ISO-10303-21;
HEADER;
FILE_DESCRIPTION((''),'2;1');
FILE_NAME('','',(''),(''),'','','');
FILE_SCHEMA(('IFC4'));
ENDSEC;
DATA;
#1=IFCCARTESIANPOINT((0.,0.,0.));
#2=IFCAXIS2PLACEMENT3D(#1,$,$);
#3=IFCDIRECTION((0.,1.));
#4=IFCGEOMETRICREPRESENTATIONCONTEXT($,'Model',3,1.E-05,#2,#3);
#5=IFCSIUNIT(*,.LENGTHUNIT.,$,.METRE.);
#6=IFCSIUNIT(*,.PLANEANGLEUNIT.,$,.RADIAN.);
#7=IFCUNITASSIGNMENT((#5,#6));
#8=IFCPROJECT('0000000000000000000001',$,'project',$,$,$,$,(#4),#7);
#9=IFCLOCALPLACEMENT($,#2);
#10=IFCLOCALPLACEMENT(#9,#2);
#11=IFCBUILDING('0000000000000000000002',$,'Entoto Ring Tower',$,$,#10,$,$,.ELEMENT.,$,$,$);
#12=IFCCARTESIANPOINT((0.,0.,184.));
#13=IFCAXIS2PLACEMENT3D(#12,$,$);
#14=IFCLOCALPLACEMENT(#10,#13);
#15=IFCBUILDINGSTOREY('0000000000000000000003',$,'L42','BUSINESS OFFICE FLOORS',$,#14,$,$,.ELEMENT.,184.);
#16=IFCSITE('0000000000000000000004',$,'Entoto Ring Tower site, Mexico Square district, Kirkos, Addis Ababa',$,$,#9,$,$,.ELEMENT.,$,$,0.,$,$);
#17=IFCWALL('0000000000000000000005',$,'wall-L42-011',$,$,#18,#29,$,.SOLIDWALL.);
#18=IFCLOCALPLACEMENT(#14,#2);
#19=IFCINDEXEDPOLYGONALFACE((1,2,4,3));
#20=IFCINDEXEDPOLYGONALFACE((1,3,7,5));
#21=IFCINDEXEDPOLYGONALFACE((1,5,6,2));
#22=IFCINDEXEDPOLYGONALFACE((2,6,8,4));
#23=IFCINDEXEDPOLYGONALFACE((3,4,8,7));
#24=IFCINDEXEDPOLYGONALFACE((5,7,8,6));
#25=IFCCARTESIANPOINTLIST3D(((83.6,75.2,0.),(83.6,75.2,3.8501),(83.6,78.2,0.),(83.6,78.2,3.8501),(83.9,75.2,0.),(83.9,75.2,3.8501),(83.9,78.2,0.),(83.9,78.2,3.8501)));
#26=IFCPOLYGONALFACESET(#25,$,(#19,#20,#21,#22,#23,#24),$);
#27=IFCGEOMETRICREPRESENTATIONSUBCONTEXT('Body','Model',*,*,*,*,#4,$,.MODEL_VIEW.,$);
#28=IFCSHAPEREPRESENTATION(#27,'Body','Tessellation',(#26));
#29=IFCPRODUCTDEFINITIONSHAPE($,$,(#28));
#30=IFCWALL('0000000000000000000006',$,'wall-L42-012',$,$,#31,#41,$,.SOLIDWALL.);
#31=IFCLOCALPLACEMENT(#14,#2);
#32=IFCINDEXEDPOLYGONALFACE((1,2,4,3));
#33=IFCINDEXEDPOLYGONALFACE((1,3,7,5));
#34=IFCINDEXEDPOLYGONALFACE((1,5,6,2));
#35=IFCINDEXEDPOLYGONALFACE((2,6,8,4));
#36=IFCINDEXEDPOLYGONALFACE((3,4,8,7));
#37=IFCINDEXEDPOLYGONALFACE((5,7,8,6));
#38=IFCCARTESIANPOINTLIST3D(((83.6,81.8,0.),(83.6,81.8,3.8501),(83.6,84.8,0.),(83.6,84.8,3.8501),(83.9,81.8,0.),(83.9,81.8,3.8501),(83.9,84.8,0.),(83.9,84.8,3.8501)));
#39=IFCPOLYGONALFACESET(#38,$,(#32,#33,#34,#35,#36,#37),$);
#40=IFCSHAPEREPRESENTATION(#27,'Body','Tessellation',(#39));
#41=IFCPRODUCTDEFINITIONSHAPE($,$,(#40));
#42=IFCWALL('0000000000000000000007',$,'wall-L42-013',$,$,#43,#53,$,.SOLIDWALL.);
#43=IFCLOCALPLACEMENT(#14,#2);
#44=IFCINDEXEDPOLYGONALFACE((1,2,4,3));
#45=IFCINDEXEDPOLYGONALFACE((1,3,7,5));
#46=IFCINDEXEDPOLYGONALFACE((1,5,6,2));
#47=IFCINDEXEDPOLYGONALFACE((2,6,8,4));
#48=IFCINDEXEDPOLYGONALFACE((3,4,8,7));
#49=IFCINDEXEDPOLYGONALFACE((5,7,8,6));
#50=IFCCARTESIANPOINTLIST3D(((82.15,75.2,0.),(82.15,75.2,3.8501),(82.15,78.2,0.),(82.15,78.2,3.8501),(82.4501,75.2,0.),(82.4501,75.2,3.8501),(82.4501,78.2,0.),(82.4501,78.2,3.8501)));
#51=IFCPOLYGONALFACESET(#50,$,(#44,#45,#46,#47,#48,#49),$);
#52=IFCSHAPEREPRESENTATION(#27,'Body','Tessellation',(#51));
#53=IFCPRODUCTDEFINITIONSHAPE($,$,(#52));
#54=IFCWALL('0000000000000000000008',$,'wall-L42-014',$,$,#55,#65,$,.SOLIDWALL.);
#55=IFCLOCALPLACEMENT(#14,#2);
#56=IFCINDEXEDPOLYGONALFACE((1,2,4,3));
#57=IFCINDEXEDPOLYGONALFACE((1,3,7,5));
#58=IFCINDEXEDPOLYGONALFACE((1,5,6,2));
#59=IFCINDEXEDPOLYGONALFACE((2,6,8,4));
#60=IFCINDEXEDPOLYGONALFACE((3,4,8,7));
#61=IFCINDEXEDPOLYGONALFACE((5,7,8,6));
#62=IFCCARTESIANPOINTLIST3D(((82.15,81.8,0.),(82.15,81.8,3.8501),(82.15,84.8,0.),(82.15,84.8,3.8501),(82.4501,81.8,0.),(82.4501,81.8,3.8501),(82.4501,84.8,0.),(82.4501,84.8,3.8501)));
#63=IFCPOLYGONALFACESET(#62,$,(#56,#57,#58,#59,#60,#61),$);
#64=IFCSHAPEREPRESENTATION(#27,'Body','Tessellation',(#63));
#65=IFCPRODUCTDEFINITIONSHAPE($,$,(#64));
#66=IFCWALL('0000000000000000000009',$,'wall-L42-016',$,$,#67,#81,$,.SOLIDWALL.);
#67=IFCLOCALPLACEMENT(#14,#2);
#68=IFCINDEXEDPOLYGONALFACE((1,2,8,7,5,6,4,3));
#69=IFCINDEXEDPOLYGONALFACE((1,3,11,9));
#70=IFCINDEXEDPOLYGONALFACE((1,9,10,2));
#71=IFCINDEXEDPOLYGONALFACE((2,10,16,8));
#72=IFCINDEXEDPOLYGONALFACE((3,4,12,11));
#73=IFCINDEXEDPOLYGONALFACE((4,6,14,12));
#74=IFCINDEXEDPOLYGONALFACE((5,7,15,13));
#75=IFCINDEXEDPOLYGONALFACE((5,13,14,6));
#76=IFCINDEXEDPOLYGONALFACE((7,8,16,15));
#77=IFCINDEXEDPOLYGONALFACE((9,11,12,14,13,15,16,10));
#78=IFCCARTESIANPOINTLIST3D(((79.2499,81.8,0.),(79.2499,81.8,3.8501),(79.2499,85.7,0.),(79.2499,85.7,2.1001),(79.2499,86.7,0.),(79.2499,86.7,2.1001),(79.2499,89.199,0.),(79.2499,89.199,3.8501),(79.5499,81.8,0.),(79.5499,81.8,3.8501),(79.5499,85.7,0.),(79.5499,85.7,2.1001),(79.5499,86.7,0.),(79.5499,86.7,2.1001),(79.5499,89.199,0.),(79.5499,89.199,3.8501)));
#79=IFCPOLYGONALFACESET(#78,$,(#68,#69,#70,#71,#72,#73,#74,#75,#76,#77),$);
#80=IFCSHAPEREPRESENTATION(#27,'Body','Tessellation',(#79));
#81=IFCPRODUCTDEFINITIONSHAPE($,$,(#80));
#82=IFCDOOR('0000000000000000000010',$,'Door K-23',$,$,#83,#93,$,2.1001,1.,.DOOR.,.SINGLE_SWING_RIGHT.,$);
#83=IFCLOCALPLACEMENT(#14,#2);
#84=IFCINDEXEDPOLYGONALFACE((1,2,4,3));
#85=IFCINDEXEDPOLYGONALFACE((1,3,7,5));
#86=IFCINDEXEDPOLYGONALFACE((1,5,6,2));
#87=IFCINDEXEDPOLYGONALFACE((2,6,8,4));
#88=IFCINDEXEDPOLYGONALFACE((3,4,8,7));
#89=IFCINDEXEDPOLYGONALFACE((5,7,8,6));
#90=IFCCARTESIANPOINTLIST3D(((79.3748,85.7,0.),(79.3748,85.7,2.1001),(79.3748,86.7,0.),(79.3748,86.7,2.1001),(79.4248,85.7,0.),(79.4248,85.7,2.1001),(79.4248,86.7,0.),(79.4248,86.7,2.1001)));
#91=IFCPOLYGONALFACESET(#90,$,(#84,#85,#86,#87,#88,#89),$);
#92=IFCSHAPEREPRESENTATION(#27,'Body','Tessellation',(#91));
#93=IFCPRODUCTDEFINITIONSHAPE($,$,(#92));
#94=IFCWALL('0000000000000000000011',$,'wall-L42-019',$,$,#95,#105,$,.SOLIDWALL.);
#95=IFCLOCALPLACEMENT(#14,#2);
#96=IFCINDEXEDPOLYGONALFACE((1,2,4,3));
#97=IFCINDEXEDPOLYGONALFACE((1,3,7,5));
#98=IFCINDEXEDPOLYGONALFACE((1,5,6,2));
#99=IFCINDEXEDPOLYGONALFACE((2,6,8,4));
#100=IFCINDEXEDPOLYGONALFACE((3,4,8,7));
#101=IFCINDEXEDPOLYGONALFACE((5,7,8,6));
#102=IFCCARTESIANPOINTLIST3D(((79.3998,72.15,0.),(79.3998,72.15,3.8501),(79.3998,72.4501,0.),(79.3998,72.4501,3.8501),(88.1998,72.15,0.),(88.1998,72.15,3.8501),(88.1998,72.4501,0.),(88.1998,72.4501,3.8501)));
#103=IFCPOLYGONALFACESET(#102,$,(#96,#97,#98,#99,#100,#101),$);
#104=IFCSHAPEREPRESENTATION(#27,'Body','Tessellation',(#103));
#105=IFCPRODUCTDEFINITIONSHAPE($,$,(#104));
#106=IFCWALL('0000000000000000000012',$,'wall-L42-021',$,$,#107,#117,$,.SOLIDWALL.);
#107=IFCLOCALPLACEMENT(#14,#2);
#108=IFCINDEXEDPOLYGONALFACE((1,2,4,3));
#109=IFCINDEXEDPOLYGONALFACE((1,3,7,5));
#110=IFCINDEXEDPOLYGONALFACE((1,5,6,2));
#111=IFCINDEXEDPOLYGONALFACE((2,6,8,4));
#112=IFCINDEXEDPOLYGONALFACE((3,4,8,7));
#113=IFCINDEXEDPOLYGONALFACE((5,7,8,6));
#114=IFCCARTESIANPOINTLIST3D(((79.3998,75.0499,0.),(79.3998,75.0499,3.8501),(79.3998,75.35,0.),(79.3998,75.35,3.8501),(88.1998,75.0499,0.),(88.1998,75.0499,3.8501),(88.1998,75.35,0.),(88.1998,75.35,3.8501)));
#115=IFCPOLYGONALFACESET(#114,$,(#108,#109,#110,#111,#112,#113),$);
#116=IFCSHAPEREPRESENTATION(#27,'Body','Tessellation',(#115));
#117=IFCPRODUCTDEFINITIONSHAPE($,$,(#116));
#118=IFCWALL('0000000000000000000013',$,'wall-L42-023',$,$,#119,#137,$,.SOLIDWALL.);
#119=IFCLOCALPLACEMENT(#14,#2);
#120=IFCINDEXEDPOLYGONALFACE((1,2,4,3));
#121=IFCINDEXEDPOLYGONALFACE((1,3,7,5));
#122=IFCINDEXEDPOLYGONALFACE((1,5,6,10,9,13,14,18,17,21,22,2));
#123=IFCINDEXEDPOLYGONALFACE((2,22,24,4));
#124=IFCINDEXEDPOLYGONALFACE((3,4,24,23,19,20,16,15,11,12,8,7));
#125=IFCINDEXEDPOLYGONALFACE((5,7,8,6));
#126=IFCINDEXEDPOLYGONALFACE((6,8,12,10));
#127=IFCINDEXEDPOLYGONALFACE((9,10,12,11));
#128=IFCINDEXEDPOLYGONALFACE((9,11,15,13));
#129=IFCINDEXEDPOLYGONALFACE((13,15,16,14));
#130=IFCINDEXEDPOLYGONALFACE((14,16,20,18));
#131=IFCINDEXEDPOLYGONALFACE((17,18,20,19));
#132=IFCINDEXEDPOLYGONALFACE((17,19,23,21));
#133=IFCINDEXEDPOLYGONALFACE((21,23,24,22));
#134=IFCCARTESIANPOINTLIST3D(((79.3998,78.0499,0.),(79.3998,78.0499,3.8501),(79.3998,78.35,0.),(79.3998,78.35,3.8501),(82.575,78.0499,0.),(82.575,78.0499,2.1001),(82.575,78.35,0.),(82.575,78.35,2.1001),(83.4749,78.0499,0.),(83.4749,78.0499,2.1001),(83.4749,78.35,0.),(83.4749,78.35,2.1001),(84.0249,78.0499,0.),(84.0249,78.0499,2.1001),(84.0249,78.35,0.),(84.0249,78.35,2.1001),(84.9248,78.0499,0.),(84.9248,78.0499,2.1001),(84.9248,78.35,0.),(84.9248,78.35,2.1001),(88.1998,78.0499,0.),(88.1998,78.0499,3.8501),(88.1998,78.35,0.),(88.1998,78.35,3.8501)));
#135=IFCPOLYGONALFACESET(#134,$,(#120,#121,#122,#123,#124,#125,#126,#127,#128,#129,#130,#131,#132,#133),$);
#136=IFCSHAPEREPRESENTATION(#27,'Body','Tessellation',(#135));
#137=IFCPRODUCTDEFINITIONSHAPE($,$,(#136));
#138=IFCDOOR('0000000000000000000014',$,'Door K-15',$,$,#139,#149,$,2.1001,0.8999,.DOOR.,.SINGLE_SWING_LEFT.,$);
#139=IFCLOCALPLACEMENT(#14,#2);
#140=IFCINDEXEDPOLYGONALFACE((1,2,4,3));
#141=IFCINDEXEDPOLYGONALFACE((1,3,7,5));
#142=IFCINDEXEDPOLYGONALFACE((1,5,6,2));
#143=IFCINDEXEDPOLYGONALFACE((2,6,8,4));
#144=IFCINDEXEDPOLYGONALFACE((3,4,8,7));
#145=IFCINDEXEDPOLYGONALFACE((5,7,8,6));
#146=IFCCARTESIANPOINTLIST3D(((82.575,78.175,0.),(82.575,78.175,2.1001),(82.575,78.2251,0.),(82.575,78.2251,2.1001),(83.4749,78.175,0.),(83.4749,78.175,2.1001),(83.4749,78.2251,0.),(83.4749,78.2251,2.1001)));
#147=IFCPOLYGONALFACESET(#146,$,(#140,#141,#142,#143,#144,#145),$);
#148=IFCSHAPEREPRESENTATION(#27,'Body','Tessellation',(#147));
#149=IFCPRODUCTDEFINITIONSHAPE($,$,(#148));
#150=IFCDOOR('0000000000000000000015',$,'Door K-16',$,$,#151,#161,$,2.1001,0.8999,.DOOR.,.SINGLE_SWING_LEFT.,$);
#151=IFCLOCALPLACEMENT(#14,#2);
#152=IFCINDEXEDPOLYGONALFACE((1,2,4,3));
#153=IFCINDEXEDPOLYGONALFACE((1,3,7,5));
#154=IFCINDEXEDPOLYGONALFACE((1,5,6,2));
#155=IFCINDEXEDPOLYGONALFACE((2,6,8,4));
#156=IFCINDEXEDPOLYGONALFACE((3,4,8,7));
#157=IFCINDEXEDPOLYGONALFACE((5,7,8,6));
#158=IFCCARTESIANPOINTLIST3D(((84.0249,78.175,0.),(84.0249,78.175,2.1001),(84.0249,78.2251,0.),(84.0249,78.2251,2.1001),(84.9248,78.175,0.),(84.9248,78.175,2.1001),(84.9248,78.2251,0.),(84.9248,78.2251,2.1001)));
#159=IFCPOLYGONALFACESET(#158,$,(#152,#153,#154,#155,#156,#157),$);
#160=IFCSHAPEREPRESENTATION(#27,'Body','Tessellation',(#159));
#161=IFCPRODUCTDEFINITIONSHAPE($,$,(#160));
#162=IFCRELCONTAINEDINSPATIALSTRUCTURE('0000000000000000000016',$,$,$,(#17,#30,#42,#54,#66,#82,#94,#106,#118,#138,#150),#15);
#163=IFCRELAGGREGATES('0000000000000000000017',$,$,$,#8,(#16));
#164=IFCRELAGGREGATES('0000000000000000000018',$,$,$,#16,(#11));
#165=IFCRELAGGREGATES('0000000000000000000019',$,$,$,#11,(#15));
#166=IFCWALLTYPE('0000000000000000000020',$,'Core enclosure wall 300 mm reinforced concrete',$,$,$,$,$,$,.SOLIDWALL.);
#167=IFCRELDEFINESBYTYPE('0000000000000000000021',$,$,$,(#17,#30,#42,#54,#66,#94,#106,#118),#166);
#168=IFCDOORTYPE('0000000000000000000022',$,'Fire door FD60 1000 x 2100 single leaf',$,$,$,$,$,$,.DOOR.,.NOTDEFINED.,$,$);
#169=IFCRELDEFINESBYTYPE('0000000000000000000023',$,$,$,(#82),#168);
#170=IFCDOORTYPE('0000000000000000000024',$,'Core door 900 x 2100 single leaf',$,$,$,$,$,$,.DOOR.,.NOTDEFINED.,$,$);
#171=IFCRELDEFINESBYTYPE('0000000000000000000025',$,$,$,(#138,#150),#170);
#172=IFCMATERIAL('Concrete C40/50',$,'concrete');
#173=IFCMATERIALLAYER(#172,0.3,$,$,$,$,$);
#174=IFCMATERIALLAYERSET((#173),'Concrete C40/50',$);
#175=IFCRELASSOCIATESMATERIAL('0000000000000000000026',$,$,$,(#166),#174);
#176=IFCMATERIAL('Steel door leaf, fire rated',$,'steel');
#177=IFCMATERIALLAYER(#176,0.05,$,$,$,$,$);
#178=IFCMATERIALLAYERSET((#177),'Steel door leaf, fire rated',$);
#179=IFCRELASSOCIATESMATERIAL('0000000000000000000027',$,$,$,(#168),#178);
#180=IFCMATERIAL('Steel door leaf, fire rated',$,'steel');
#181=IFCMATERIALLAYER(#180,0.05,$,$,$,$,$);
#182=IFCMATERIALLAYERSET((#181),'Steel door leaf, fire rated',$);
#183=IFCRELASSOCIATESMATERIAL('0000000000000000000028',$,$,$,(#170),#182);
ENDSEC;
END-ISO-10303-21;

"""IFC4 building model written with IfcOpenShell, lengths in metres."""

from ifc_helpers import new_model, si_unit, direction, frame, frame_2d, origin, place, context, subcontext, project, spatial, rectangle, extrude, material, layer, layer_set, type_object, element, fill, save


model = new_model("IFC4")

# Units and contexts
model_context = context("Model", 3, precision=1e-05, world=origin(), true_north=direction((0.0, 1.0)))
body_context = subcontext(model_context, "Body", "Model", "MODEL_VIEW")
ifc_project = project(units=[si_unit("LENGTHUNIT", "METRE"), si_unit("PLANEANGLEUNIT", "RADIAN")], contexts=[model_context])

# Site, building, storey
site_placement = place(None, origin())
site = spatial("IfcSite", under=ifc_project, at=site_placement, Name="Entoto Ring Tower site, Mexico Square district, Kirkos, Addis Ababa", CompositionType="ELEMENT", RefElevation=0.0)
building_placement = place(site_placement, origin())
building = spatial("IfcBuilding", under=site, at=building_placement, Name="Entoto Ring Tower", CompositionType="ELEMENT")
storey_placement = place(building_placement, frame((0.0, 0.0, 184.0)))
storey = spatial("IfcBuildingStorey", under=building, at=storey_placement, Name="L42", Description="BUSINESS OFFICE FLOORS", CompositionType="ELEMENT", Elevation=184.0)

# Walls
ifc_material_1 = material(Name="Concrete C40/50", Category="concrete")
ifc_layer_1 = layer(ifc_material_1, 0.3)
ifc_layer_set_1 = layer_set([ifc_layer_1], Name="Concrete C40/50")
wall_type_1 = type_object("IfcWallType", Name="Core enclosure wall 300 mm reinforced concrete", PredefinedType="SOLIDWALL", material=ifc_layer_set_1)
for number, where, z_axis, x_axis, name in (
    (1, (83.75, 75.2, 0.0), (0.0, 0.0, 1.0), (0.0, 1.0, 0.0), "wall-L42-011"),
    (2, (83.75, 81.8, 0.0), (0.0, 0.0, 1.0), (0.0, 1.0, 0.0), "wall-L42-012"),
    (3, (82.3, 75.2, 0.0), (0.0, 0.0, 1.0), (0.0, 1.0, 0.0), "wall-L42-013"),
    (4, (82.3, 81.8, 0.0), (0.0, 0.0, 1.0), (0.0, 1.0, 0.0), "wall-L42-014"),
):
    element("IfcWall", number, at=place(storey_placement, frame(where, z_axis=z_axis, x_axis=x_axis)), inside=storey, type_object=wall_type_1, Name=name, PredefinedType="SOLIDWALL", context=body_context, shape_type="SweptSolid", body=[
        extrude(rectangle(XDim=3.0, YDim=0.3, at=frame_2d((1.5, 0.0))), origin(), (0.0, 0.0, 1.0), 3.8501),
    ])

# Wall, opening, door
wall_1_placement = place(storey_placement, frame((79.3999, 81.8, 0.0), z_axis=(0.0, 0.0, 1.0), x_axis=(0.0, 1.0, 0.0)))
wall_1 = element("IfcWall", 5, at=wall_1_placement, inside=storey, type_object=wall_type_1, Name="wall-L42-016", PredefinedType="SOLIDWALL", context=body_context, shape_type="SweptSolid", body=[
    extrude(rectangle(XDim=7.3989, YDim=0.3, at=frame_2d((3.6995, 0.0))), origin(), (0.0, 0.0, 1.0), 3.8501),
])
opening_1_placement = place(wall_1_placement, frame((3.8999, 0.0, 0.0)))
opening_1 = element("IfcOpeningElement", 6, at=opening_1_placement, cuts=wall_1, PredefinedType="OPENING", context=body_context, shape_type="SweptSolid", body=[
    extrude(rectangle(XDim=1.0, YDim=2.1001, at=frame_2d((0.5, 1.05))), frame((0.0, 0.1602, 0.0), z_axis=(0.0, -1.0, 0.0), x_axis=(1.0, 0.0, 0.0)), (0.0, 0.0, 1.0), 0.3201),
])
ifc_material_2 = material(Name="Steel door leaf, fire rated", Category="steel")
ifc_layer_2 = layer(ifc_material_2, 0.05)
ifc_layer_set_2 = layer_set([ifc_layer_2], Name="Steel door leaf, fire rated")
door_type_1 = type_object("IfcDoorType", Name="Fire door FD60 1000 x 2100 single leaf", OperationType="NOTDEFINED", PredefinedType="DOOR", material=ifc_layer_set_2)
door_1_placement = place(opening_1_placement, frame((1.0, 0.0, 0.0), z_axis=(0.0, 0.0, 1.0), x_axis=(-1.0, 0.0, 0.0)))
door_1 = element("IfcDoor", 7, at=door_1_placement, inside=storey, type_object=door_type_1, Name="Door K-23", OperationType="SINGLE_SWING_RIGHT", OverallHeight=2.1001, OverallWidth=1.0, PredefinedType="DOOR", context=body_context, shape_type="SweptSolid", body=[
    extrude(rectangle(XDim=1.0, YDim=2.1001, at=frame_2d((0.5, 1.05))), frame((0.0, 0.0249, 0.0), z_axis=(0.0, -1.0, 0.0), x_axis=(1.0, 0.0, 0.0)), (0.0, 0.0, 1.0), 0.05),
])
fill(opening_1, door_1)

# Walls
for number, where, z_axis, x_axis, name in (
    (8, (79.3999, 72.3, 0.0), (0.0, 0.0, 1.0), (1.0, 0.0, 0.0), "wall-L42-019"),
    (9, (79.3999, 75.2, 0.0), (0.0, 0.0, 1.0), (1.0, 0.0, 0.0), "wall-L42-021"),
):
    element("IfcWall", number, at=place(storey_placement, frame(where, z_axis=z_axis, x_axis=x_axis)), inside=storey, type_object=wall_type_1, Name=name, PredefinedType="SOLIDWALL", context=body_context, shape_type="SweptSolid", body=[
        extrude(rectangle(XDim=8.8, YDim=0.3, at=frame_2d((4.3999, 0.0))), origin(), (0.0, 0.0, 1.0), 3.8501),
    ])

# Wall, openings, doors
wall_2_placement = place(storey_placement, frame((79.3999, 78.2, 0.0), z_axis=(0.0, 0.0, 1.0), x_axis=(1.0, 0.0, 0.0)))
wall_2 = element("IfcWall", 10, at=wall_2_placement, inside=storey, type_object=wall_type_1, Name="wall-L42-023", PredefinedType="SOLIDWALL", context=body_context, shape_type="SweptSolid", body=[
    extrude(rectangle(XDim=8.8, YDim=0.3, at=frame_2d((4.3999, 0.0))), origin(), (0.0, 0.0, 1.0), 3.8501),
])
opening_2_placement = place(wall_2_placement, frame((3.175, 0.0, 0.0)))
opening_2 = element("IfcOpeningElement", 11, at=opening_2_placement, cuts=wall_2, PredefinedType="OPENING", context=body_context, shape_type="SweptSolid", body=[
    extrude(rectangle(XDim=0.8999, YDim=2.1001, at=frame_2d((0.45, 1.05))), frame((0.0, 0.1602, 0.0), z_axis=(0.0, -1.0, 0.0), x_axis=(1.0, 0.0, 0.0)), (0.0, 0.0, 1.0), 0.3201),
])
opening_3_placement = place(wall_2_placement, frame((4.625, 0.0, 0.0)))
opening_3 = element("IfcOpeningElement", 12, at=opening_3_placement, cuts=wall_2, PredefinedType="OPENING", context=body_context, shape_type="SweptSolid", body=[
    extrude(rectangle(XDim=0.8999, YDim=2.1001, at=frame_2d((0.45, 1.05))), frame((0.0, 0.1602, 0.0), z_axis=(0.0, -1.0, 0.0), x_axis=(1.0, 0.0, 0.0)), (0.0, 0.0, 1.0), 0.3201),
])
ifc_material_3 = material(Name="Steel door leaf, fire rated", Category="steel")
ifc_layer_3 = layer(ifc_material_3, 0.05)
ifc_layer_set_3 = layer_set([ifc_layer_3], Name="Steel door leaf, fire rated")
door_type_2 = type_object("IfcDoorType", Name="Core door 900 x 2100 single leaf", OperationType="NOTDEFINED", PredefinedType="DOOR", material=ifc_layer_set_3)
door_2_placement = place(opening_2_placement, frame((0.8999, 0.0, 0.0), z_axis=(0.0, 0.0, 1.0), x_axis=(-1.0, 0.0, 0.0)))
door_2 = element("IfcDoor", 13, at=door_2_placement, inside=storey, type_object=door_type_2, Name="Door K-15", OperationType="SINGLE_SWING_LEFT", OverallHeight=2.1001, OverallWidth=0.8999, PredefinedType="DOOR", context=body_context, shape_type="SweptSolid", body=[
    extrude(rectangle(XDim=0.8999, YDim=2.1001, at=frame_2d((0.45, 1.05))), frame((0.0, 0.0249, 0.0), z_axis=(0.0, -1.0, 0.0), x_axis=(1.0, 0.0, 0.0)), (0.0, 0.0, 1.0), 0.05),
])
fill(opening_2, door_2)
door_3_placement = place(opening_3_placement, frame((0.8999, 0.0, 0.0), z_axis=(0.0, 0.0, 1.0), x_axis=(-1.0, 0.0, 0.0)))
door_3 = element("IfcDoor", 14, at=door_3_placement, inside=storey, type_object=door_type_2, Name="Door K-16", OperationType="SINGLE_SWING_LEFT", OverallHeight=2.1001, OverallWidth=0.8999, PredefinedType="DOOR", context=body_context, shape_type="SweptSolid", body=[
    extrude(rectangle(XDim=0.8999, YDim=2.1001, at=frame_2d((0.45, 1.05))), frame((0.0, 0.0249, 0.0), z_axis=(0.0, -1.0, 0.0), x_axis=(1.0, 0.0, 0.0)), (0.0, 0.0, 1.0), 0.05),
])
fill(opening_3, door_3)

save(model, "model.ifc")
